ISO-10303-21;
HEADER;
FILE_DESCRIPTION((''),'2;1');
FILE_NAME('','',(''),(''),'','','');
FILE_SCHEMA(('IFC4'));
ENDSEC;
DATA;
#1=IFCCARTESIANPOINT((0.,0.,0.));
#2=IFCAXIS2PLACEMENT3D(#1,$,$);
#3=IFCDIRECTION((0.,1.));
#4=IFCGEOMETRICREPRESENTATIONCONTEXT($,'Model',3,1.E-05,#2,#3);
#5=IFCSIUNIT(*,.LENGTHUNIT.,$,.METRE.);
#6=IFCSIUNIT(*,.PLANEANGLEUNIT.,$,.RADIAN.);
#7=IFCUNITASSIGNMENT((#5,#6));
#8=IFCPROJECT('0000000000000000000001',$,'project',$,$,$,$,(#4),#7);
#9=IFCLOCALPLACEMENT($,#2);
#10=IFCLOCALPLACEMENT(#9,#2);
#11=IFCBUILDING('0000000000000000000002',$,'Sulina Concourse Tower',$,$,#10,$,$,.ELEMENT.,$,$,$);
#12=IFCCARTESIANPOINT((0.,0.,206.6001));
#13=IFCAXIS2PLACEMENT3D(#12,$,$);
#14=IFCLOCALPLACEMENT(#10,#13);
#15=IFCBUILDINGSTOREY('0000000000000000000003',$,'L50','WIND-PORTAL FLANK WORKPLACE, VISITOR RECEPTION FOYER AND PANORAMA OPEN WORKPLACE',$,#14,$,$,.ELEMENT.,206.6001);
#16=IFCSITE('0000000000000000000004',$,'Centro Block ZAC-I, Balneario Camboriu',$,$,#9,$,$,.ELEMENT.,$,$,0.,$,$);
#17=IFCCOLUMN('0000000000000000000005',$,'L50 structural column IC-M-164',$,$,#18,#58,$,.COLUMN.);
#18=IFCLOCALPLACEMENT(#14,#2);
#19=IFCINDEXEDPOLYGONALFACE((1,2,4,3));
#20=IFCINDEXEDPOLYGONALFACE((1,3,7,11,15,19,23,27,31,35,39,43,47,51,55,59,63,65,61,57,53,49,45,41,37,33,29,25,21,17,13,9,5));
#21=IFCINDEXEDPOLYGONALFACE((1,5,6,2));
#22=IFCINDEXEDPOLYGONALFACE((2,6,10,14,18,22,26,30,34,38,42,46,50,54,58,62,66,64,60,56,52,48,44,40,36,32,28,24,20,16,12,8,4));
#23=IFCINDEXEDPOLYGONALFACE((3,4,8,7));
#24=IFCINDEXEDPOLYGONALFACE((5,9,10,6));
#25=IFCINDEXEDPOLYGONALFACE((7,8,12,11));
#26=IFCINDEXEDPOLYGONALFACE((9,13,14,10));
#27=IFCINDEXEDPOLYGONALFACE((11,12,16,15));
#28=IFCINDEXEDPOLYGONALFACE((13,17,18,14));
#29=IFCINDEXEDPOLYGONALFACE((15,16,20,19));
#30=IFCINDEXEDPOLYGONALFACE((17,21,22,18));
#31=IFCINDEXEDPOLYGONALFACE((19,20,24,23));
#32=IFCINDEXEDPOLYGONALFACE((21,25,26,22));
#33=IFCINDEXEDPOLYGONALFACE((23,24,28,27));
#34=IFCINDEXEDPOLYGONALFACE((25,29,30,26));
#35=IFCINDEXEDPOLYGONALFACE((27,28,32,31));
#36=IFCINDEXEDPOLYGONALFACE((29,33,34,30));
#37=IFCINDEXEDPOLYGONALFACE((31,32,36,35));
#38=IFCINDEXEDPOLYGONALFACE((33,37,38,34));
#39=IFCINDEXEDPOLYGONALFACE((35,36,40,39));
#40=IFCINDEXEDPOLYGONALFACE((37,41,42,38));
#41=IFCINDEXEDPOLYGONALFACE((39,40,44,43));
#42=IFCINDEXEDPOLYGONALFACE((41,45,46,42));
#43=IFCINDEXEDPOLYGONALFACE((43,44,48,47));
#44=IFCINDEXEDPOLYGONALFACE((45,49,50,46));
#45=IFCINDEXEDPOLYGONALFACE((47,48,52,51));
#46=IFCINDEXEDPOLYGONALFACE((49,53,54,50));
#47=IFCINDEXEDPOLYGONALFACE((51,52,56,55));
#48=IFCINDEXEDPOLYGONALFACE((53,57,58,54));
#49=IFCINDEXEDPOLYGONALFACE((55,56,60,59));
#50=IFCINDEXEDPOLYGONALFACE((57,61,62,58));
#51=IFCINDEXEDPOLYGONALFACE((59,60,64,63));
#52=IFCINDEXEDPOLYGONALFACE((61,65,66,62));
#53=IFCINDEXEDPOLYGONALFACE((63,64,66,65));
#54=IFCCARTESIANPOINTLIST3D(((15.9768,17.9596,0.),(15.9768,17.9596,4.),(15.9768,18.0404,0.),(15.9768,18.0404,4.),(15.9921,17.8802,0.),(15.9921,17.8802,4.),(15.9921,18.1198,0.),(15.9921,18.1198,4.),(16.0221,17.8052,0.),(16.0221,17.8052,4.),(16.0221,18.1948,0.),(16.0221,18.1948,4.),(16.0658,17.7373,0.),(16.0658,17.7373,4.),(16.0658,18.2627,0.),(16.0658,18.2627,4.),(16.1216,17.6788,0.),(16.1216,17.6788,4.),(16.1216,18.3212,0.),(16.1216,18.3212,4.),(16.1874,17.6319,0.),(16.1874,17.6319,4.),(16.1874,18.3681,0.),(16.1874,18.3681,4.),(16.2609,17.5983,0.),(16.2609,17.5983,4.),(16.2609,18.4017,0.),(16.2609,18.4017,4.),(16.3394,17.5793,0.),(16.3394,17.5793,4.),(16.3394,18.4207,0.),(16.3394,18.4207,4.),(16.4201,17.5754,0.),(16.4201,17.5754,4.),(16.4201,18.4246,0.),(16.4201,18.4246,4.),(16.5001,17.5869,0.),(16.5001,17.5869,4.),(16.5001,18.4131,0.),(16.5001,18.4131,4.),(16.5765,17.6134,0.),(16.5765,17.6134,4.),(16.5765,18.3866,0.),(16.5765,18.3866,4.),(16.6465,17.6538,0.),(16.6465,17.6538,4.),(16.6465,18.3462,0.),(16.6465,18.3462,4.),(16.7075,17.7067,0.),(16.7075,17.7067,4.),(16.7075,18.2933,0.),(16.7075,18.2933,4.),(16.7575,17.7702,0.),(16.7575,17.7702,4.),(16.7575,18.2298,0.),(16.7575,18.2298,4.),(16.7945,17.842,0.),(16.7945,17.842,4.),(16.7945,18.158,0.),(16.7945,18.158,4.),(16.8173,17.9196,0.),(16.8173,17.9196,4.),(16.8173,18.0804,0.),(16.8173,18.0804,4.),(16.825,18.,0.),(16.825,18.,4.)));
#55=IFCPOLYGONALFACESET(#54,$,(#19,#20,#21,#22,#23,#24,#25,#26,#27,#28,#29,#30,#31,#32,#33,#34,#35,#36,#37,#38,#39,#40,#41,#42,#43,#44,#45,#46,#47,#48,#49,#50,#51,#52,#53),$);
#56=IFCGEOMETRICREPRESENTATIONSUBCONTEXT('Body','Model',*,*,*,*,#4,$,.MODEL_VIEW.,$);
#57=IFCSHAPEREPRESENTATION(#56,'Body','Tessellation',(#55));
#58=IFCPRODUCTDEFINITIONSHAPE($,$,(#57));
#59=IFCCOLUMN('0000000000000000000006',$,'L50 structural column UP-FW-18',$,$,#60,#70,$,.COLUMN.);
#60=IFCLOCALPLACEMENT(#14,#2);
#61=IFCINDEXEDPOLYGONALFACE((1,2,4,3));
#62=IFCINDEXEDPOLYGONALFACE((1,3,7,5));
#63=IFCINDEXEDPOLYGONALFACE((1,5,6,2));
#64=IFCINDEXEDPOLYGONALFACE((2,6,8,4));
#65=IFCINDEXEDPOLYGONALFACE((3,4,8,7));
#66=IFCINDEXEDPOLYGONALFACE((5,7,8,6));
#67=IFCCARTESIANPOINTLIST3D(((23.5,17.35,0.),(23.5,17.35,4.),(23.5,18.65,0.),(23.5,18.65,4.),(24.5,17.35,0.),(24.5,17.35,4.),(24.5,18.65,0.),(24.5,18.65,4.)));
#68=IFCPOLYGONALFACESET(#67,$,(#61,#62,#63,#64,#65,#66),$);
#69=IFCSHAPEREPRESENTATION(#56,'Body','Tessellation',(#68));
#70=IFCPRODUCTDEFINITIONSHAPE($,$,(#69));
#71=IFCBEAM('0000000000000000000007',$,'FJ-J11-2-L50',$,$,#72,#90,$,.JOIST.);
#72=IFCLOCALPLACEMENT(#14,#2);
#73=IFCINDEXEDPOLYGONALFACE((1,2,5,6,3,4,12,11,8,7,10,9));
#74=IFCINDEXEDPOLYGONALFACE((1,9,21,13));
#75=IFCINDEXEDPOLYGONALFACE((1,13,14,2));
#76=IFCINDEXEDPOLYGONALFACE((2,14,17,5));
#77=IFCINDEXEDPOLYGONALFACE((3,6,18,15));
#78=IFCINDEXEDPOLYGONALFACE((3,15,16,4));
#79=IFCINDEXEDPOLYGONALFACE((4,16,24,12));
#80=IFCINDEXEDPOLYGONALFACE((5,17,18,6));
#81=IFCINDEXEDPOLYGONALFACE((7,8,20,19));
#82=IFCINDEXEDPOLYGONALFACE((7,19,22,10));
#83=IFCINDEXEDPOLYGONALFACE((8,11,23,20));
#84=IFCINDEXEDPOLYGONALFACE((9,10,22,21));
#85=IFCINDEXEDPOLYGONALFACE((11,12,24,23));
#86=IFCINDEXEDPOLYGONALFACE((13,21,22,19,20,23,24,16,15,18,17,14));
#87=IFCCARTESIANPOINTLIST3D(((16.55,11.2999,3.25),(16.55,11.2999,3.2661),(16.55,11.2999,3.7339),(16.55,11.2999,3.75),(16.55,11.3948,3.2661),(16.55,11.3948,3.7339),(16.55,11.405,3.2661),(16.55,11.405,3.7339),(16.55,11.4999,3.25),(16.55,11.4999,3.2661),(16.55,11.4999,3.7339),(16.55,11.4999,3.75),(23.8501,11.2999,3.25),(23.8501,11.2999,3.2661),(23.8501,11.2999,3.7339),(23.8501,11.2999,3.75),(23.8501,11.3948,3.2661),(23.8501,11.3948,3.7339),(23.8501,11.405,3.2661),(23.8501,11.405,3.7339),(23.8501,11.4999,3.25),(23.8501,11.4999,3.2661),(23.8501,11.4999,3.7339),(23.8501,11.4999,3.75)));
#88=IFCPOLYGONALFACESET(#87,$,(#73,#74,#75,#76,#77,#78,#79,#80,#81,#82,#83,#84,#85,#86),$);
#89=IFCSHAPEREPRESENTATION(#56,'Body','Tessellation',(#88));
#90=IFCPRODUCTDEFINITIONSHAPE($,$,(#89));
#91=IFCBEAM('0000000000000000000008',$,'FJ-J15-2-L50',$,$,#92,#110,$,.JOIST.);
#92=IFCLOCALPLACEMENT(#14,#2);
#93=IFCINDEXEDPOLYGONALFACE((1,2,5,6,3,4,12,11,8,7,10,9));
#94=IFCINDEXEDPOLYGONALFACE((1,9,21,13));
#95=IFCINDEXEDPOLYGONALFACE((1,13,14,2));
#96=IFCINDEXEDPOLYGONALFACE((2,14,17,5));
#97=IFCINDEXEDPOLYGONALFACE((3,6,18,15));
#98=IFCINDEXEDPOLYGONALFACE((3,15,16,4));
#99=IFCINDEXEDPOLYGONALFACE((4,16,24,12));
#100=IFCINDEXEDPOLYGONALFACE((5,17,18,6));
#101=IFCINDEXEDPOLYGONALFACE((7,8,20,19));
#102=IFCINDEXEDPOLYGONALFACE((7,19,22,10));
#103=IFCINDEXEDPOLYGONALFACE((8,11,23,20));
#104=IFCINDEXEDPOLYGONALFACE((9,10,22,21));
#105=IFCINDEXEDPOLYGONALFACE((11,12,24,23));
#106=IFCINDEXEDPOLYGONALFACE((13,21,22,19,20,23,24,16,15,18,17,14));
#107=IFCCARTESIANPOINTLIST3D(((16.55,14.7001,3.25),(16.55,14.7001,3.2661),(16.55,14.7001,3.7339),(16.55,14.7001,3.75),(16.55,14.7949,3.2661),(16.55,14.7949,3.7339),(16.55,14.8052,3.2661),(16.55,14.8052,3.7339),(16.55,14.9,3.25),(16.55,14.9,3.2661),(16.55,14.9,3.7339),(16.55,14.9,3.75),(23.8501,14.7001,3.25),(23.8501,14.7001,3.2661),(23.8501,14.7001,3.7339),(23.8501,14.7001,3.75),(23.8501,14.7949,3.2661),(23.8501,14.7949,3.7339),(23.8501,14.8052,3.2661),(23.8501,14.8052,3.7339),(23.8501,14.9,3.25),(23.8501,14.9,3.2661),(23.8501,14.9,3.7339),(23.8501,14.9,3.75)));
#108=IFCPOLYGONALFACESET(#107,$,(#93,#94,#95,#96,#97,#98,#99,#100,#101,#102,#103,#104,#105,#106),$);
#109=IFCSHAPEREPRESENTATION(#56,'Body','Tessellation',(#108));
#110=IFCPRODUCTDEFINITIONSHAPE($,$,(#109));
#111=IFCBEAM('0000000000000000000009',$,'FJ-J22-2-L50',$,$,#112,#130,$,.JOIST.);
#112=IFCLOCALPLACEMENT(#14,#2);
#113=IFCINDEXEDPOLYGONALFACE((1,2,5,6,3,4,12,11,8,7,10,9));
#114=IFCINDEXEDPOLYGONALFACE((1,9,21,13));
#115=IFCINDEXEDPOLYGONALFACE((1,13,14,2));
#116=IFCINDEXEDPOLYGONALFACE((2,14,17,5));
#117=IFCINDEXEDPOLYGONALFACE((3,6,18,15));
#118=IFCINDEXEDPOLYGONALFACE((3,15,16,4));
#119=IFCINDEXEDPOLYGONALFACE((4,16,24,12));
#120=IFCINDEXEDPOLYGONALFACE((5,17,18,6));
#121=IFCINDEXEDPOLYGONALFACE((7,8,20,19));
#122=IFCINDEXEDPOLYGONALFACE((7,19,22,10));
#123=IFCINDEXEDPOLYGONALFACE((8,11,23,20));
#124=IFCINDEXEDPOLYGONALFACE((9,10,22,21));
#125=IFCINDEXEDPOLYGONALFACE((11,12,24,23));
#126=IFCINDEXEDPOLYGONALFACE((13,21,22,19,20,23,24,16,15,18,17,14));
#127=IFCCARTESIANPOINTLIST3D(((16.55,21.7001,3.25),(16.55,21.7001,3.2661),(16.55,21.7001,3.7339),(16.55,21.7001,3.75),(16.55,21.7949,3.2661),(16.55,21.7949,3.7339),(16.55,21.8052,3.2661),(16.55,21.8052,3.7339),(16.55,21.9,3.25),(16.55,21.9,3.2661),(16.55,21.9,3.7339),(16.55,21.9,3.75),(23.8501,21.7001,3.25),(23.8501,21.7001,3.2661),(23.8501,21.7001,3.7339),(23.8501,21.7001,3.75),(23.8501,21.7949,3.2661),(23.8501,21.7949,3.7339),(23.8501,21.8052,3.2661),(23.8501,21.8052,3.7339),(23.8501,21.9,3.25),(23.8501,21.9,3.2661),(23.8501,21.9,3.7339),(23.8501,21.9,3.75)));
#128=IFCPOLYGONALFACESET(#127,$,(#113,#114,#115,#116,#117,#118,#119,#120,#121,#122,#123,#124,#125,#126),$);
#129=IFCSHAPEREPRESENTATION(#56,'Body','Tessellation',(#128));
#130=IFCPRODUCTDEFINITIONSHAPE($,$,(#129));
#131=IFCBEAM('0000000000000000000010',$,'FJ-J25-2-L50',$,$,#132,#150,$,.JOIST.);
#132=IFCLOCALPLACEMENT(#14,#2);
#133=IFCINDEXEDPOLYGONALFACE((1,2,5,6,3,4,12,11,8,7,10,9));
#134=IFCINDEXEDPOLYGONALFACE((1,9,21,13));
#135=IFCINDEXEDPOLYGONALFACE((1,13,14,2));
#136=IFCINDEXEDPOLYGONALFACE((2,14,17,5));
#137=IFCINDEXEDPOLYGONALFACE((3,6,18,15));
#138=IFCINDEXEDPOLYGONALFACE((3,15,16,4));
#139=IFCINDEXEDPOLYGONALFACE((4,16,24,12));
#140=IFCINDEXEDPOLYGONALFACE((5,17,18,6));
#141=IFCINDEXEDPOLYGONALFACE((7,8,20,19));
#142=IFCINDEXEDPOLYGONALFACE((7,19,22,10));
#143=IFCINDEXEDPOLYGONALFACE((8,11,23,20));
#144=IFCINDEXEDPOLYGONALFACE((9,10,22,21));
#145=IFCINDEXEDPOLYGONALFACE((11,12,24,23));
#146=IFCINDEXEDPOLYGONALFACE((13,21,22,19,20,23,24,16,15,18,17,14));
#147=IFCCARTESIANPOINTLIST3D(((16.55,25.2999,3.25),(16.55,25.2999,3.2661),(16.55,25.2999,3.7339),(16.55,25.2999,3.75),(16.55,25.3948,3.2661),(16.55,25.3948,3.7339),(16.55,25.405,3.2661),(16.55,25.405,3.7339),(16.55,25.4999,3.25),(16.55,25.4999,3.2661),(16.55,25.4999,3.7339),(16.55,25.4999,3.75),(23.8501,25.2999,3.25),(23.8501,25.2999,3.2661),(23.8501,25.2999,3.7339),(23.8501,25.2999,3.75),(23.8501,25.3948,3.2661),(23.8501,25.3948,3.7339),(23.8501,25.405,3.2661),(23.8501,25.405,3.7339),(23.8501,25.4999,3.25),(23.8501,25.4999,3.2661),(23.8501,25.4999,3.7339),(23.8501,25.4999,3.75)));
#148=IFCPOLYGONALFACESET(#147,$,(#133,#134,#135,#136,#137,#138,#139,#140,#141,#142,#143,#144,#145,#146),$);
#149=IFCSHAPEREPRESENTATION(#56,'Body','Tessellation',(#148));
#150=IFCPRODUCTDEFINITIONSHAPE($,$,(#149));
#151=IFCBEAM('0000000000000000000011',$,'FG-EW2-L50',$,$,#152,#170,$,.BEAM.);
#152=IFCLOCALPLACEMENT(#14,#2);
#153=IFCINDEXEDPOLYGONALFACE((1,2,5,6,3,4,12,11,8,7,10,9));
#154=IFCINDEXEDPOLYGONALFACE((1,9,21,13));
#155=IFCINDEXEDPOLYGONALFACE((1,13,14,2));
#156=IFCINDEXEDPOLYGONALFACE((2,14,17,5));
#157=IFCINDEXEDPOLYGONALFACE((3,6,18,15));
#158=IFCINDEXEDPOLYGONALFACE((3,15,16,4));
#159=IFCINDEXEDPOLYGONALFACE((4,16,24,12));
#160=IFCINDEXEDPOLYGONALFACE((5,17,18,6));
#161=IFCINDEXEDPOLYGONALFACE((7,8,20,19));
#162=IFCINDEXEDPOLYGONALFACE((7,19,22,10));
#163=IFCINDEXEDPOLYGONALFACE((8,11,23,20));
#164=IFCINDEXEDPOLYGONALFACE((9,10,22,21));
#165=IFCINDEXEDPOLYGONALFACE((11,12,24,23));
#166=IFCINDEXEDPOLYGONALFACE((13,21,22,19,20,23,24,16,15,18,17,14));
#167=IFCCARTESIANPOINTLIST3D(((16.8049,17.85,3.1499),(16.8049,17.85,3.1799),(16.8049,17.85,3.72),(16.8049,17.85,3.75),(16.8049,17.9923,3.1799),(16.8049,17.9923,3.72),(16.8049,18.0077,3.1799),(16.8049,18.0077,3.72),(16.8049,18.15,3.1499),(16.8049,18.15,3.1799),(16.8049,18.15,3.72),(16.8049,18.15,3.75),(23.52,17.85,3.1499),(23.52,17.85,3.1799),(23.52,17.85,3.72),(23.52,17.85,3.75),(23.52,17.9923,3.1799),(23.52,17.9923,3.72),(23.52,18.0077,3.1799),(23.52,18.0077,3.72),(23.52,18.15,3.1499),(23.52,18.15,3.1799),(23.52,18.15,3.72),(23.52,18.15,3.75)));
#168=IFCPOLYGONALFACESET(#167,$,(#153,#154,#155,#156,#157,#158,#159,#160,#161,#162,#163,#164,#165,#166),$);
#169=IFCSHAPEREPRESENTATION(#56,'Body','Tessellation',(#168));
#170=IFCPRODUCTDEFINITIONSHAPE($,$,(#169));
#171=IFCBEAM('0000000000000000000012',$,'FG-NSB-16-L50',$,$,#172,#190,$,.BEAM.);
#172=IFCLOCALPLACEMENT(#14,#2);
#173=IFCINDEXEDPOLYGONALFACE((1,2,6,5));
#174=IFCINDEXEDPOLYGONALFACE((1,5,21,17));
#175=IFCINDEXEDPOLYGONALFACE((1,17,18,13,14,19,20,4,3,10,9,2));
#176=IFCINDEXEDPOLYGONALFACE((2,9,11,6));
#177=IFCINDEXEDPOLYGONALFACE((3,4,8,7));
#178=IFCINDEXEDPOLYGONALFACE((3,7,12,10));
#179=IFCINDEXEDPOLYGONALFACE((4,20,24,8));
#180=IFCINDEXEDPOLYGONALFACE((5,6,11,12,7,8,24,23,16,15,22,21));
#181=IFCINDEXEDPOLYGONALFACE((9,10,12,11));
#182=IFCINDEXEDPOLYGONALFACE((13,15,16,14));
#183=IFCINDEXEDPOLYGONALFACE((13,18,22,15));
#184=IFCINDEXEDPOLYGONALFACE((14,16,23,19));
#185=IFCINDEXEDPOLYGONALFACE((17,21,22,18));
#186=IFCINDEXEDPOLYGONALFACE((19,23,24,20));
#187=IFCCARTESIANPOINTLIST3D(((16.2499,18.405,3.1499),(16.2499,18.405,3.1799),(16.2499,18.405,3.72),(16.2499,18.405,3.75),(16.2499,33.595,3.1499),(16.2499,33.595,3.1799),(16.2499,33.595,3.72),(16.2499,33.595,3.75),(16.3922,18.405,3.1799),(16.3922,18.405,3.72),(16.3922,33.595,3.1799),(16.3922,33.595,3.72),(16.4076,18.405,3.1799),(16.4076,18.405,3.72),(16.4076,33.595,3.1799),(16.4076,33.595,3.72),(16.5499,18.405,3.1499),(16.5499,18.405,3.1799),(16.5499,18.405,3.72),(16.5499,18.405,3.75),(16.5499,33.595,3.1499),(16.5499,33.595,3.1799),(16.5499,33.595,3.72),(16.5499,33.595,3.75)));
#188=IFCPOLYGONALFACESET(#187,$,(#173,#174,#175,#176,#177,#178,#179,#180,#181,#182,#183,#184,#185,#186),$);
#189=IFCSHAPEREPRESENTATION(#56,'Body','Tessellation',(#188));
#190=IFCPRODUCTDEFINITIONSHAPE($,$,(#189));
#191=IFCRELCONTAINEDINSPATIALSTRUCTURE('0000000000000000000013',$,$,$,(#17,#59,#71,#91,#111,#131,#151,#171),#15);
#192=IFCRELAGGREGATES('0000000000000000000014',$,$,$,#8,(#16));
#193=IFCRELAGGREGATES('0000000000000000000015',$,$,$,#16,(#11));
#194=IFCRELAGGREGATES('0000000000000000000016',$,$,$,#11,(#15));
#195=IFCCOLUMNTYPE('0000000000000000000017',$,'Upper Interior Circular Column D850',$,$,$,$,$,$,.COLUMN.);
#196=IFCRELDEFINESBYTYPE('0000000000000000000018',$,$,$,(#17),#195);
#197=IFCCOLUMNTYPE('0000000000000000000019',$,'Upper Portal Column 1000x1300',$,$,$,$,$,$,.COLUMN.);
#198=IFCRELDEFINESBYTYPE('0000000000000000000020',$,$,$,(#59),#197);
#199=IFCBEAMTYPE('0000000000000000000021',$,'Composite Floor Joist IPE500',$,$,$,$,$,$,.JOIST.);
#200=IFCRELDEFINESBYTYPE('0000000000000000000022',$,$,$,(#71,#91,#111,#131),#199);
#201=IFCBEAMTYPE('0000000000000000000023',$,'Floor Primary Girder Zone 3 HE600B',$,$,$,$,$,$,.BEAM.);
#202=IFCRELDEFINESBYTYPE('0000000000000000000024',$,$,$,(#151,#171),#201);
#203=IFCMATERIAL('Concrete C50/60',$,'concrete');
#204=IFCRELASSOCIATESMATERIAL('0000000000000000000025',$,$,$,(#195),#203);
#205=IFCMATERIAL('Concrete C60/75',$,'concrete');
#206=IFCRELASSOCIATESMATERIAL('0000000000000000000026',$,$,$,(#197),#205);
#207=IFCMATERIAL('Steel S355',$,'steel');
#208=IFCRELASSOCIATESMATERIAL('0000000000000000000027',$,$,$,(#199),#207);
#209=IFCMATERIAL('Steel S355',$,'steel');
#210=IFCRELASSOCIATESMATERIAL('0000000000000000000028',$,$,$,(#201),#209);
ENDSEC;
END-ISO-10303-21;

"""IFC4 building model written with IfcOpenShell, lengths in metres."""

from ifc_helpers import new_model, si_unit, direction, frame, origin, origin_2d, place, context, subcontext, project, spatial, rectangle, circle, i_section, extrude, material, material_profile, profile_set, type_object, element, save


model = new_model("IFC4")

# Units and contexts
model_context = context("Model", 3, precision=1e-05, world=origin(), true_north=direction((0.0, 1.0)))
body_context = subcontext(model_context, "Body", "Model", "MODEL_VIEW")
ifc_project = project(units=[si_unit("LENGTHUNIT", "METRE"), si_unit("PLANEANGLEUNIT", "RADIAN")], contexts=[model_context])

# Site, building, storey
site_placement = place(None, origin())
site = spatial("IfcSite", under=ifc_project, at=site_placement, Name="Centro Block ZAC-I, Balneario Camboriu", CompositionType="ELEMENT", RefElevation=0.0)
building_placement = place(site_placement, origin())
building = spatial("IfcBuilding", under=site, at=building_placement, Name="Sulina Concourse Tower", CompositionType="ELEMENT")
storey_placement = place(building_placement, frame((0.0, 0.0, 206.6001)))
storey = spatial("IfcBuildingStorey", under=building, at=storey_placement, Name="L50", Description="WIND-PORTAL FLANK WORKPLACE, VISITOR RECEPTION FOYER AND PANORAMA OPEN WORKPLACE", CompositionType="ELEMENT", Elevation=206.6001)

# Columns
ifc_material_1 = material(Name="Concrete C50/60", Category="concrete")
ifc_material_profile_1 = material_profile(ifc_material_1, circle(Radius=0.425, at=origin_2d()), Name="RC D850")
ifc_profile_set_1 = profile_set([ifc_material_profile_1], Name="Concrete C50/60")
column_type_1 = type_object("IfcColumnType", Name="Upper Interior Circular Column D850", PredefinedType="COLUMN", material=ifc_profile_set_1)
column_1_placement = place(storey_placement, frame((16.3999, 18.0, 0.0), z_axis=(0.0, 0.0, 1.0), x_axis=(1.0, 0.0, 0.0)))
element("IfcColumn", 1, at=column_1_placement, inside=storey, type_object=column_type_1, Name="L50 structural column IC-M-164", PredefinedType="COLUMN", context=body_context, shape_type="SweptSolid", body=[
    extrude(circle(Radius=0.425, at=origin_2d()), origin(), (0.0, 0.0, 1.0), 4.0),
])
ifc_material_2 = material(Name="Concrete C60/75", Category="concrete")
ifc_material_profile_2 = material_profile(ifc_material_2, rectangle(XDim=1.0, YDim=1.3, at=origin_2d()), Name="RC 1000x1300")
ifc_profile_set_2 = profile_set([ifc_material_profile_2], Name="Concrete C60/75")
column_type_2 = type_object("IfcColumnType", Name="Upper Portal Column 1000x1300", PredefinedType="COLUMN", material=ifc_profile_set_2)
column_2_placement = place(storey_placement, frame((24.0, 18.0, 0.0), z_axis=(0.0, 0.0, 1.0), x_axis=(1.0, 0.0, 0.0)))
element("IfcColumn", 2, at=column_2_placement, inside=storey, type_object=column_type_2, Name="L50 structural column UP-FW-18", PredefinedType="COLUMN", context=body_context, shape_type="SweptSolid", body=[
    extrude(rectangle(XDim=1.0, YDim=1.3, at=origin_2d()), origin(), (0.0, 0.0, 1.0), 4.0),
])

# Beams
ifc_material_3 = material(Name="Steel S355", Category="steel")
ifc_material_profile_3 = material_profile(ifc_material_3, i_section(OverallWidth=0.2, OverallDepth=0.5, WebThickness=0.0103, FlangeThickness=0.0161, at=origin_2d()), Name="IPE 500")
ifc_profile_set_3 = profile_set([ifc_material_profile_3], Name="Steel S355")
beam_type_1 = type_object("IfcBeamType", Name="Composite Floor Joist IPE500", PredefinedType="JOIST", material=ifc_profile_set_3)
for number, where, z_axis, x_axis, name in (
    (3, (16.55, 11.3999, 3.5), (1.0, 0.0, 0.0), (0.0, 1.0, 0.0), "FJ-J11-2-L50"),
    (4, (16.55, 14.8, 3.5), (1.0, 0.0, 0.0), (0.0, 1.0, 0.0), "FJ-J15-2-L50"),
    (5, (16.55, 21.8, 3.5), (1.0, 0.0, 0.0), (0.0, 1.0, 0.0), "FJ-J22-2-L50"),
    (6, (16.55, 25.3999, 3.5), (1.0, 0.0, 0.0), (0.0, 1.0, 0.0), "FJ-J25-2-L50"),
):
    element("IfcBeam", number, at=place(storey_placement, frame(where, z_axis=z_axis, x_axis=x_axis)), inside=storey, type_object=beam_type_1, Name=name, PredefinedType="JOIST", context=body_context, shape_type="SweptSolid", body=[
        extrude(i_section(OverallWidth=0.2, OverallDepth=0.5, WebThickness=0.0103, FlangeThickness=0.0161, at=origin_2d()), origin(), (0.0, 0.0, 1.0), 7.3),
    ])
ifc_material_4 = material(Name="Steel S355", Category="steel")
ifc_material_profile_4 = material_profile(ifc_material_4, i_section(OverallWidth=0.3, OverallDepth=0.6001, WebThickness=0.0154, FlangeThickness=0.03, at=origin_2d()), Name="HE 600 B")
ifc_profile_set_4 = profile_set([ifc_material_profile_4], Name="Steel S355")
beam_type_2 = type_object("IfcBeamType", Name="Floor Primary Girder Zone 3 HE600B", PredefinedType="BEAM", material=ifc_profile_set_4)
beam_1_placement = place(storey_placement, frame((16.8049, 18.0, 3.45), z_axis=(1.0, 0.0, 0.0), x_axis=(0.0, 1.0, 0.0)))
element("IfcBeam", 7, at=beam_1_placement, inside=storey, type_object=beam_type_2, Name="FG-EW2-L50", PredefinedType="BEAM", context=body_context, shape_type="SweptSolid", body=[
    extrude(i_section(OverallWidth=0.3, OverallDepth=0.6001, WebThickness=0.0154, FlangeThickness=0.03, at=origin_2d()), origin(), (0.0, 0.0, 1.0), 6.7151),
])
beam_2_placement = place(storey_placement, frame((16.3999, 18.405, 3.45), z_axis=(0.0, 1.0, 0.0), x_axis=(-1.0, 0.0, 0.0)))
element("IfcBeam", 8, at=beam_2_placement, inside=storey, type_object=beam_type_2, Name="FG-NSB-16-L50", PredefinedType="BEAM", context=body_context, shape_type="SweptSolid", body=[
    extrude(i_section(OverallWidth=0.3, OverallDepth=0.6001, WebThickness=0.0154, FlangeThickness=0.03, at=origin_2d()), origin(), (0.0, 0.0, 1.0), 15.1899),
])

save(model, "model.ifc")
